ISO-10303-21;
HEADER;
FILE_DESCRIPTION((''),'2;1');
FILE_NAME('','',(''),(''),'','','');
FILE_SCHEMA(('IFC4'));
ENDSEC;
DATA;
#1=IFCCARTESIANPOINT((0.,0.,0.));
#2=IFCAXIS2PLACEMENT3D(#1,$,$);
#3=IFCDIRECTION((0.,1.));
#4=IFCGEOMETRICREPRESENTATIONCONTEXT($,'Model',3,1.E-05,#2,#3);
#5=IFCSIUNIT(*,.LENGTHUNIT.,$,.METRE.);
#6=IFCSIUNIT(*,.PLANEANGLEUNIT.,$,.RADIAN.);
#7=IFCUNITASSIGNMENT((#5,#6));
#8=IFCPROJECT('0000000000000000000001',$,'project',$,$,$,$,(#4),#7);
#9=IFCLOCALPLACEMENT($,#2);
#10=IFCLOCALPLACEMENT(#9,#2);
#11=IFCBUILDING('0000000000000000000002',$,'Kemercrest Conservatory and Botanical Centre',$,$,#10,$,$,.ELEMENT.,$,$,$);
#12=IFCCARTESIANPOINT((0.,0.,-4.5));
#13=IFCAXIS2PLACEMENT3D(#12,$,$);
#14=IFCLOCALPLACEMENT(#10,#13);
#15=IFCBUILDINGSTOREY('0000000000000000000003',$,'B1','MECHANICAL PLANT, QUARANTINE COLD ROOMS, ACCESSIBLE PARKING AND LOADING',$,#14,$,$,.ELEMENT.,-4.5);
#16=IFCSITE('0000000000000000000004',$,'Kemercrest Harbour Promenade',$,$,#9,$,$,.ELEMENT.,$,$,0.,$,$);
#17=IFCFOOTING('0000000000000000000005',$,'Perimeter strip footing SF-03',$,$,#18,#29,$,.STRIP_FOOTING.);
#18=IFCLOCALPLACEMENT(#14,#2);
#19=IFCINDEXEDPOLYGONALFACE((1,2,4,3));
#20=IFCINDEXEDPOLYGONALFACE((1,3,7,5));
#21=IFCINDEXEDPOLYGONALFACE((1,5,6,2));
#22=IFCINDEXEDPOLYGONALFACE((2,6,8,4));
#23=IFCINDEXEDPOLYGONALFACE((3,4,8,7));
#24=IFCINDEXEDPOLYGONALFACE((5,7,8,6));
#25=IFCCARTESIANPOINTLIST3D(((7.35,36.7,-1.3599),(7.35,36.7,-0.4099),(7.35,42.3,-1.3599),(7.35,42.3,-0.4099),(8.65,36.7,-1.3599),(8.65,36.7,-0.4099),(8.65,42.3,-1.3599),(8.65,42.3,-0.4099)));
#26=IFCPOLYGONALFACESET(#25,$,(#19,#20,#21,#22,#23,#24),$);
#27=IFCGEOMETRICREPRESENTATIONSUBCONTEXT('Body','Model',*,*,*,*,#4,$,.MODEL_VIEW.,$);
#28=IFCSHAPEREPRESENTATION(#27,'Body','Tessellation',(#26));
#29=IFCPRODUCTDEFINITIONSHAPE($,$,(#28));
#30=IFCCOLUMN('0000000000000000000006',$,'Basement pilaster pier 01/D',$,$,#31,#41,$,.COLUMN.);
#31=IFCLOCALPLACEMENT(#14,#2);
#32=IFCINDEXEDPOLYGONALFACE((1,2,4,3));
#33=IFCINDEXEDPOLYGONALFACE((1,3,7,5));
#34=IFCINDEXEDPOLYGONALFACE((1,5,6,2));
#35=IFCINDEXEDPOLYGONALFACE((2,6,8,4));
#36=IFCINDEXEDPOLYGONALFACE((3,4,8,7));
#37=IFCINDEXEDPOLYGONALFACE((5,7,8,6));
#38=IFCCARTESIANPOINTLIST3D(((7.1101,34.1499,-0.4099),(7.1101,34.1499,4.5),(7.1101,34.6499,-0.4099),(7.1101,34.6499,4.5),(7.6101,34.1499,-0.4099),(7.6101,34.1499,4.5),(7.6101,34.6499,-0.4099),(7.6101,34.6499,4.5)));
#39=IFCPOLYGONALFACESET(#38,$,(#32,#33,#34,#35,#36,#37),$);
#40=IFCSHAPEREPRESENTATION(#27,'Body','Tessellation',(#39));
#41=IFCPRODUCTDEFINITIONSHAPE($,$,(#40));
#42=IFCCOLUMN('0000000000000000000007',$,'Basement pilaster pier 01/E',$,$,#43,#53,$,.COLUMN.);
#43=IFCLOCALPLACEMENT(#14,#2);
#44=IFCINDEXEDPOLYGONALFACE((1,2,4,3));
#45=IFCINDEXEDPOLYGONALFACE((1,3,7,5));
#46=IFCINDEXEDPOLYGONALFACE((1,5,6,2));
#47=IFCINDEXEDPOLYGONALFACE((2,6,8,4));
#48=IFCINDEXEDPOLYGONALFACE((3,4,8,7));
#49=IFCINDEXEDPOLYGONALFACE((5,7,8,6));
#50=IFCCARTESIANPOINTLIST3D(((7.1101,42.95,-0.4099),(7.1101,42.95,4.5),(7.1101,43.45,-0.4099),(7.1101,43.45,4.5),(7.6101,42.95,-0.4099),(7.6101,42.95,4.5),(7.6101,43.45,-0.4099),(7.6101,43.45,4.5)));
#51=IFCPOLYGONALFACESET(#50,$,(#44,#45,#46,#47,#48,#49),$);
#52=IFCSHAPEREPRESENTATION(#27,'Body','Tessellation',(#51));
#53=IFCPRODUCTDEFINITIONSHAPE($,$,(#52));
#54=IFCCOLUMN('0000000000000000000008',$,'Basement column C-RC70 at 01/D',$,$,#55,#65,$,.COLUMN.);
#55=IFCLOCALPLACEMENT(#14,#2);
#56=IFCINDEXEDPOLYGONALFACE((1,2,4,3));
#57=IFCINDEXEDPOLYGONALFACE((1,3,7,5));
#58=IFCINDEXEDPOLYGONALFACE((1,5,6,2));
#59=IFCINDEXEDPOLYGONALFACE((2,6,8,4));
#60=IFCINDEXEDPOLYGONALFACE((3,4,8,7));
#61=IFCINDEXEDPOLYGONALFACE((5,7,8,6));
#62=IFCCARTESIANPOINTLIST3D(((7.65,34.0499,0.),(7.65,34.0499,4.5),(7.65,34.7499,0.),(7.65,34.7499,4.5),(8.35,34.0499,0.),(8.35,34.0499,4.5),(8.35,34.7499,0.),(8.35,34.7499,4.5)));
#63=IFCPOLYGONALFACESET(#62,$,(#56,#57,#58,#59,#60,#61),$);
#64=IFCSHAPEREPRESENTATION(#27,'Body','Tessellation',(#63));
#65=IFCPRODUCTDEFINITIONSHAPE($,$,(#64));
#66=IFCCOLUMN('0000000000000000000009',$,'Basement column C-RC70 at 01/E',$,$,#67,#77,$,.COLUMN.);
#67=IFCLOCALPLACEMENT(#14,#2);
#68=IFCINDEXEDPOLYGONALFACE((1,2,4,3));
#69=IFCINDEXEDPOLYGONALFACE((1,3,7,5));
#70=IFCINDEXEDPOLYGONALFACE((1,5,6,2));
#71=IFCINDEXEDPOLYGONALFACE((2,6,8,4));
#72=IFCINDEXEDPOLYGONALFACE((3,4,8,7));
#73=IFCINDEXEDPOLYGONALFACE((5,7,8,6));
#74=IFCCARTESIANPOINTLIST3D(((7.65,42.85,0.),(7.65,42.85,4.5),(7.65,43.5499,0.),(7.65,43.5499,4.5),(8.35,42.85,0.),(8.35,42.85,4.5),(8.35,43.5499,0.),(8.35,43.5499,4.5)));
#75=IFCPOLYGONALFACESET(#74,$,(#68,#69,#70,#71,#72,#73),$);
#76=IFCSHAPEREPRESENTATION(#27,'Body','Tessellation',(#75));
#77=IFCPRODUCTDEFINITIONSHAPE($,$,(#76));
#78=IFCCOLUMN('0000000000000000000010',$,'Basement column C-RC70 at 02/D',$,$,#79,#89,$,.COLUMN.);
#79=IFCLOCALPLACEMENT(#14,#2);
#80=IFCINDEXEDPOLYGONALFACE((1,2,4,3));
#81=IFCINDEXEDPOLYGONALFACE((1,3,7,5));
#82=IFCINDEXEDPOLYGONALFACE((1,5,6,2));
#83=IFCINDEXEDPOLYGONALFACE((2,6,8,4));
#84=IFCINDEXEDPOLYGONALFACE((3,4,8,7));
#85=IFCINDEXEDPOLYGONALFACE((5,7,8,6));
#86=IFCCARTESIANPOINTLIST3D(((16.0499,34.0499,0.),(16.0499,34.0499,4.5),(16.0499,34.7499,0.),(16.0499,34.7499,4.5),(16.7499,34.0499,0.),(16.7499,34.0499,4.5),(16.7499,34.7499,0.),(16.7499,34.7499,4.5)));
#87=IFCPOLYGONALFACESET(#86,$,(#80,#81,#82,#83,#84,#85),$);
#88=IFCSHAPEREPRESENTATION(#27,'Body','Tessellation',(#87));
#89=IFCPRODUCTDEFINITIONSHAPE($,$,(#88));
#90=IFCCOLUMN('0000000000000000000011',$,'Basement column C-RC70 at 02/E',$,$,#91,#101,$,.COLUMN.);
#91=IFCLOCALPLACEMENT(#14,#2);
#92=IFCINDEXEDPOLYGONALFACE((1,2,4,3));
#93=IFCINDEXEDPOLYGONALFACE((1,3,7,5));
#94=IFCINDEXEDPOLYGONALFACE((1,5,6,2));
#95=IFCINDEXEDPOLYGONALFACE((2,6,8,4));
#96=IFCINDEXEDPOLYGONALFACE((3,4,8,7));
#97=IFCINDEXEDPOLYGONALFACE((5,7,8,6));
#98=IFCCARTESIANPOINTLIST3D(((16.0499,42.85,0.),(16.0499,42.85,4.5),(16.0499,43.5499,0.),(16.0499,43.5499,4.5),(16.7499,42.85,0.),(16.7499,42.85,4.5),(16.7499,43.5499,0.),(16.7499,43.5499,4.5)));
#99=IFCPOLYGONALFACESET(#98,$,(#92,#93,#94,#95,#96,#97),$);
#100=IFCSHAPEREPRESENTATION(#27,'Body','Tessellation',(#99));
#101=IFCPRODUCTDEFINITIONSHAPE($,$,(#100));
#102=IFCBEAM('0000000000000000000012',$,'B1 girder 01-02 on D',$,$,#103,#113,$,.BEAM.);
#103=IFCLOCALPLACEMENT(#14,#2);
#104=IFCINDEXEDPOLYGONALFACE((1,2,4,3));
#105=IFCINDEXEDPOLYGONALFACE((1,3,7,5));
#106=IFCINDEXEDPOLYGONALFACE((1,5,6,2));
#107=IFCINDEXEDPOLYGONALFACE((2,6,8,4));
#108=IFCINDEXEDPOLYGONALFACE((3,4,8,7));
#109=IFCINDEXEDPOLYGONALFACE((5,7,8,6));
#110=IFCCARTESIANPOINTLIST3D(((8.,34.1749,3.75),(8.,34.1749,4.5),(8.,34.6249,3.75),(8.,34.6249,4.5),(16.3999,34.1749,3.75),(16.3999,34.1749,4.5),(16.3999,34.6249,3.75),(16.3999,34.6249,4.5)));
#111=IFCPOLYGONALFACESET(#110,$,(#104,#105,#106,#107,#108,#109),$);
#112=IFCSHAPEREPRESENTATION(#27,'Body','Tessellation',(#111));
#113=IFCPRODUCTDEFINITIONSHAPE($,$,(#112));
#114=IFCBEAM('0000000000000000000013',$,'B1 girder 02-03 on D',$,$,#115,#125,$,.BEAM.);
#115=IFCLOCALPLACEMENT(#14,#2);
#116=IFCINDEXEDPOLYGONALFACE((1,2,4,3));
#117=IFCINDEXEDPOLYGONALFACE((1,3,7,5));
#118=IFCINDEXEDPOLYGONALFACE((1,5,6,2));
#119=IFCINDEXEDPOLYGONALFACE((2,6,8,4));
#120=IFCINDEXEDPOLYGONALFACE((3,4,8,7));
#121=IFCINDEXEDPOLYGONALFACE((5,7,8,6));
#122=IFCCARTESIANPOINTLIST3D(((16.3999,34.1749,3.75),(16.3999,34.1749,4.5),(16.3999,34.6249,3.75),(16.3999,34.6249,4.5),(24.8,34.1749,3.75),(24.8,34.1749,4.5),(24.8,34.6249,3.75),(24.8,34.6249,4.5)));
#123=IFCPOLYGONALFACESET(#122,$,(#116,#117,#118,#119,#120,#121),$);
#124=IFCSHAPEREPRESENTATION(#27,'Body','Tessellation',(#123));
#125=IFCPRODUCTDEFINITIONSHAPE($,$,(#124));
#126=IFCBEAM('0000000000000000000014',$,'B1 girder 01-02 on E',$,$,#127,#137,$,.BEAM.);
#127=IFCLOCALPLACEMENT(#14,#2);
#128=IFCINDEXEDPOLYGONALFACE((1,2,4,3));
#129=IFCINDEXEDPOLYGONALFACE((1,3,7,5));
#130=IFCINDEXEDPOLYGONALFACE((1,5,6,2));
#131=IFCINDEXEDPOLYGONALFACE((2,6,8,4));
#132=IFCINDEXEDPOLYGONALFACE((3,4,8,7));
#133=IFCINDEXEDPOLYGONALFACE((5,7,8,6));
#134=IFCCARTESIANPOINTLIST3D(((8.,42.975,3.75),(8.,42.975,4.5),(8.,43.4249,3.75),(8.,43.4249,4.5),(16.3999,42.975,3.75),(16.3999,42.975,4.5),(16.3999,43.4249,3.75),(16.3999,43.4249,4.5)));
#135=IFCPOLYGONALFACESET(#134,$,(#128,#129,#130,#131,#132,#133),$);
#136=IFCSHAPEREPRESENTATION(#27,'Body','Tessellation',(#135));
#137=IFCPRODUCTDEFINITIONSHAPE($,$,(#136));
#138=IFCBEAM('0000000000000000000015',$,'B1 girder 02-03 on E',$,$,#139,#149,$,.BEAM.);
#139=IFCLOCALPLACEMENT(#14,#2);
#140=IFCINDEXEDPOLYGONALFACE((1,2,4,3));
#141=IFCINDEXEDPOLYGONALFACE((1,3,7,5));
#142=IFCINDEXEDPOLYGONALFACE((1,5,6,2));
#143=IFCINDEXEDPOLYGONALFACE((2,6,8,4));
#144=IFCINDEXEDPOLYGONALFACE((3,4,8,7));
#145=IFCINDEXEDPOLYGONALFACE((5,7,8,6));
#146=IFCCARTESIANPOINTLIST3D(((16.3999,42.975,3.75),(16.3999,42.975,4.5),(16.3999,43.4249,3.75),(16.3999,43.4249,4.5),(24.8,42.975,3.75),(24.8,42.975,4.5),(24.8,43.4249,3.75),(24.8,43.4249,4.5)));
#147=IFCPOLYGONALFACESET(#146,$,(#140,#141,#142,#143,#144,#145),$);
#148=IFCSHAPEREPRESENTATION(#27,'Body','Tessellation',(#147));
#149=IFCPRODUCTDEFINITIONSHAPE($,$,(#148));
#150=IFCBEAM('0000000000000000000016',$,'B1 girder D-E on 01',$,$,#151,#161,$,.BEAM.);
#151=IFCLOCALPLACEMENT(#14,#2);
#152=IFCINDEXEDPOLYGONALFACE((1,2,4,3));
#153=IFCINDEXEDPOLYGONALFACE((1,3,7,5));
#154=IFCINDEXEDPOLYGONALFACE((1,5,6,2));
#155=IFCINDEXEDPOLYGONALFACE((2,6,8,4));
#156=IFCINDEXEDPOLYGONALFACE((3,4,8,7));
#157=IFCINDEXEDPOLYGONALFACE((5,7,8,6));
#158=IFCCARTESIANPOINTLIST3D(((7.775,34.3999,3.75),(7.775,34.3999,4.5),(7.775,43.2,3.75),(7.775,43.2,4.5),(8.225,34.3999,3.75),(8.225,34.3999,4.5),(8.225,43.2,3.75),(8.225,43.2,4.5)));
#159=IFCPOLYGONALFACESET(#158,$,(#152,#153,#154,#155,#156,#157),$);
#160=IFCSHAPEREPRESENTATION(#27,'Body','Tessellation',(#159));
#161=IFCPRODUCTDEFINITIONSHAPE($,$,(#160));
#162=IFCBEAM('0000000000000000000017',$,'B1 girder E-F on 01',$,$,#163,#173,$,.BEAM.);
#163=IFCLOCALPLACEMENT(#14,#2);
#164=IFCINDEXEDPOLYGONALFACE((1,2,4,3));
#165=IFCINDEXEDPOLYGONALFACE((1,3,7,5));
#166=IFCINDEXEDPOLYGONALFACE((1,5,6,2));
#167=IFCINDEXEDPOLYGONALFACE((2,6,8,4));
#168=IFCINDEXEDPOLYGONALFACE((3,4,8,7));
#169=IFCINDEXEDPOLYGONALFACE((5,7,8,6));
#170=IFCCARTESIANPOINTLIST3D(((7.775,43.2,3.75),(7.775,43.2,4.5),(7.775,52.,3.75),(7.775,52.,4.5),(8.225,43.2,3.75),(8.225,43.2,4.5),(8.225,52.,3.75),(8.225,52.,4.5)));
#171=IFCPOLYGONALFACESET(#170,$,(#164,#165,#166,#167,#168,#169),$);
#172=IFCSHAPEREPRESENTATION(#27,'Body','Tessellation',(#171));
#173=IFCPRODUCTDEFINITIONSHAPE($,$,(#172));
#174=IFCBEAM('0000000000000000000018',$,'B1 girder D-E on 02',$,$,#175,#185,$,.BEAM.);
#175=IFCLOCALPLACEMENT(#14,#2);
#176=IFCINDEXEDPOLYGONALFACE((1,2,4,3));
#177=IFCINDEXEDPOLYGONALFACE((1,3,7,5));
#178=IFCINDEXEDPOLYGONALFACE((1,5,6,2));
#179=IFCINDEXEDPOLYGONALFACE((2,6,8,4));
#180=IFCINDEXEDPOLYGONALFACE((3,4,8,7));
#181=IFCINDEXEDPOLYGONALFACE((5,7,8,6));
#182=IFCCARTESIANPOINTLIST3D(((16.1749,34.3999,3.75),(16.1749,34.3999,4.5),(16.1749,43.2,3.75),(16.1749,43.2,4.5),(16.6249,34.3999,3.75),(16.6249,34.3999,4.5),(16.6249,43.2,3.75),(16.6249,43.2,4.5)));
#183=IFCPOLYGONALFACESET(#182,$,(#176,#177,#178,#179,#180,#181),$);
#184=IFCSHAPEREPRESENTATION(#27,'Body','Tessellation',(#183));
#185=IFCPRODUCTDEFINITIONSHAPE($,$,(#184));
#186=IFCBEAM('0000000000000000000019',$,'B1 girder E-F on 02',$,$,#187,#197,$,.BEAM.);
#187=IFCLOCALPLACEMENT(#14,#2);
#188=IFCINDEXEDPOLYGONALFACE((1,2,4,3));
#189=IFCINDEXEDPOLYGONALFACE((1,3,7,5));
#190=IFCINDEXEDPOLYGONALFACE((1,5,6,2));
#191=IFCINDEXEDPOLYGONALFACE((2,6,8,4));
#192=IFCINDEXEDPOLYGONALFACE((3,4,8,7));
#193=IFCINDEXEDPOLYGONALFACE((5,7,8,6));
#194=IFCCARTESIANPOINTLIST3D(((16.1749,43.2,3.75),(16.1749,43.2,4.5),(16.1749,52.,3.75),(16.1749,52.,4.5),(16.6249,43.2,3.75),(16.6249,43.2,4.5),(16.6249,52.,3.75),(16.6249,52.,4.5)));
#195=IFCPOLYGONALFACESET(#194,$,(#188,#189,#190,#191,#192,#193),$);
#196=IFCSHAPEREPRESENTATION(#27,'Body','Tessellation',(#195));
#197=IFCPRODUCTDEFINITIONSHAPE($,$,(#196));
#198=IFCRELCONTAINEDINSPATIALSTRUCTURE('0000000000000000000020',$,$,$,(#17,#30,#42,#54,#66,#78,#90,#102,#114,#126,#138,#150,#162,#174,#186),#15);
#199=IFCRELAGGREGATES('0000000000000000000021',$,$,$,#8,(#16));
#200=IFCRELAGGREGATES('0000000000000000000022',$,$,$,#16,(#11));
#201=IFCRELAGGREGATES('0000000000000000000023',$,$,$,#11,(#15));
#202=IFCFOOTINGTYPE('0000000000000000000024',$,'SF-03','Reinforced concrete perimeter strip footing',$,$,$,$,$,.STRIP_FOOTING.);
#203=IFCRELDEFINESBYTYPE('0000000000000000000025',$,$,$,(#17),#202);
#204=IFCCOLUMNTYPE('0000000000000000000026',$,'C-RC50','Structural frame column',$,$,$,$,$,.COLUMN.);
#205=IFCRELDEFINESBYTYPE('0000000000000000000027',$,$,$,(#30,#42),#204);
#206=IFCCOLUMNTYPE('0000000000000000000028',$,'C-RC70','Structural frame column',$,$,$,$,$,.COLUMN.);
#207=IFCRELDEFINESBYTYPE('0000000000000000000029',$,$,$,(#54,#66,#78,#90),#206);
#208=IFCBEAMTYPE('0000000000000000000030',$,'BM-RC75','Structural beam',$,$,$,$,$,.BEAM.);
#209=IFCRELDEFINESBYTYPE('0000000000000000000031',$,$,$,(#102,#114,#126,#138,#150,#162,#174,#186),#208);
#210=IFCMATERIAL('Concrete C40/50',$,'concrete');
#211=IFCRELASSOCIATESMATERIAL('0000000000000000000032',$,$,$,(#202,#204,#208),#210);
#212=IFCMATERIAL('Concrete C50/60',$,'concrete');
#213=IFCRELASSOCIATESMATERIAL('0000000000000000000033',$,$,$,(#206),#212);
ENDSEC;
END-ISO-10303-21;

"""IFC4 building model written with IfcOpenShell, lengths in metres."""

from ifc_helpers import new_model, si_unit, direction, frame, origin, origin_2d, place, context, subcontext, project, spatial, rectangle, extrude, material, material_profile, profile_set, type_object, element, save


model = new_model("IFC4")

# Units and contexts
model_context = context("Model", 3, precision=1e-05, world=origin(), true_north=direction((0.0, 1.0)))
body_context = subcontext(model_context, "Body", "Model", "MODEL_VIEW")
ifc_project = project(units=[si_unit("LENGTHUNIT", "METRE"), si_unit("PLANEANGLEUNIT", "RADIAN")], contexts=[model_context])

# Site, building, storey
site_placement = place(None, origin())
site = spatial("IfcSite", under=ifc_project, at=site_placement, Name="Kemercrest Harbour Promenade", CompositionType="ELEMENT", RefElevation=0.0)
building_placement = place(site_placement, origin())
building = spatial("IfcBuilding", under=site, at=building_placement, Name="Kemercrest Conservatory and Botanical Centre", CompositionType="ELEMENT")
storey_placement = place(building_placement, frame((0.0, 0.0, -4.5)))
storey = spatial("IfcBuildingStorey", under=building, at=storey_placement, Name="B1", Description="MECHANICAL PLANT, QUARANTINE COLD ROOMS, ACCESSIBLE PARKING AND LOADING", CompositionType="ELEMENT", Elevation=-4.5)

# Shared definitions
ifc_material_1 = material(Name="Concrete C40/50", Category="concrete")

# Footing
footing_type_1 = type_object("IfcFootingType", Name="SF-03", Description="Reinforced concrete perimeter strip footing", PredefinedType="STRIP_FOOTING", material=ifc_material_1)
footing_1_placement = place(storey_placement, frame((8.0, 39.5, -1.3599), z_axis=(0.0, 0.0, 1.0), x_axis=(1.0, 0.0, 0.0)))
element("IfcFooting", 1, at=footing_1_placement, inside=storey, type_object=footing_type_1, Name="Perimeter strip footing SF-03", PredefinedType="STRIP_FOOTING", context=body_context, shape_type="SweptSolid", body=[
    extrude(rectangle(XDim=1.3, YDim=5.6001, at=origin_2d()), origin(), (0.0, 0.0, 1.0), 0.95),
])

# Columns
ifc_material_profile_1 = material_profile(ifc_material_1, rectangle(XDim=0.5, YDim=0.5, at=origin_2d()), Name="RC 500x500")
ifc_profile_set_1 = profile_set([ifc_material_profile_1], Name="Concrete C40/50")
column_type_1 = type_object("IfcColumnType", Name="C-RC50", Description="Structural frame column", PredefinedType="COLUMN", material=ifc_profile_set_1)
for number, where, z_axis, x_axis, name in (
    (2, (7.3601, 34.3999, -0.4099), (0.0, 0.0, 1.0), (1.0, 0.0, 0.0), "Basement pilaster pier 01/D"),
    (3, (7.3601, 43.2, -0.4099), (0.0, 0.0, 1.0), (1.0, 0.0, 0.0), "Basement pilaster pier 01/E"),
):
    element("IfcColumn", number, at=place(storey_placement, frame(where, z_axis=z_axis, x_axis=x_axis)), inside=storey, type_object=column_type_1, Name=name, PredefinedType="COLUMN", context=body_context, shape_type="SweptSolid", body=[
        extrude(rectangle(XDim=0.5, YDim=0.5, at=origin_2d()), origin(), (0.0, 0.0, 1.0), 4.9099),
    ])
ifc_material_2 = material(Name="Concrete C50/60", Category="concrete")
ifc_material_profile_2 = material_profile(ifc_material_2, rectangle(XDim=0.7, YDim=0.7, at=origin_2d()), Name="RC 700x700")
ifc_profile_set_2 = profile_set([ifc_material_profile_2], Name="Concrete C50/60")
column_type_2 = type_object("IfcColumnType", Name="C-RC70", Description="Structural frame column", PredefinedType="COLUMN", material=ifc_profile_set_2)
for number, where, z_axis, x_axis, name in (
    (4, (8.0, 34.3999, 0.0), (0.0, 0.0, 1.0), (1.0, 0.0, 0.0), "Basement column C-RC70 at 01/D"),
    (5, (8.0, 43.2, 0.0), (0.0, 0.0, 1.0), (1.0, 0.0, 0.0), "Basement column C-RC70 at 01/E"),
    (6, (16.3999, 34.3999, 0.0), (0.0, 0.0, 1.0), (1.0, 0.0, 0.0), "Basement column C-RC70 at 02/D"),
    (7, (16.3999, 43.2, 0.0), (0.0, 0.0, 1.0), (1.0, 0.0, 0.0), "Basement column C-RC70 at 02/E"),
):
    element("IfcColumn", number, at=place(storey_placement, frame(where, z_axis=z_axis, x_axis=x_axis)), inside=storey, type_object=column_type_2, Name=name, PredefinedType="COLUMN", context=body_context, shape_type="SweptSolid", body=[
        extrude(rectangle(XDim=0.7, YDim=0.7, at=origin_2d()), origin(), (0.0, 0.0, 1.0), 4.5),
    ])

# Beams
ifc_material_profile_3 = material_profile(ifc_material_1, rectangle(XDim=0.45, YDim=0.75, at=origin_2d()), Name="RC 450x750")
ifc_profile_set_3 = profile_set([ifc_material_profile_3], Name="Concrete C40/50")
beam_type = type_object("IfcBeamType", Name="BM-RC75", Description="Structural beam", PredefinedType="BEAM", material=ifc_profile_set_3)
beam_1_placement = place(storey_placement, frame((8.0, 34.3999, 4.125), z_axis=(1.0, 0.0, 0.0), x_axis=(0.0, 1.0, 0.0)))
element("IfcBeam", 8, at=beam_1_placement, inside=storey, type_object=beam_type, Name="B1 girder 01-02 on D", PredefinedType="BEAM", context=body_context, shape_type="SweptSolid", body=[
    extrude(rectangle(XDim=0.45, YDim=0.75, at=origin_2d()), origin(), (0.0, 0.0, 1.0), 8.3999),
])
beam_2_placement = place(storey_placement, frame((16.3999, 34.3999, 4.125), z_axis=(1.0, 0.0, 0.0), x_axis=(0.0, 1.0, 0.0)))
element("IfcBeam", 9, at=beam_2_placement, inside=storey, type_object=beam_type, Name="B1 girder 02-03 on D", PredefinedType="BEAM", context=body_context, shape_type="SweptSolid", body=[
    extrude(rectangle(XDim=0.45, YDim=0.75, at=origin_2d()), origin(), (0.0, 0.0, 1.0), 8.4001),
])
beam_3_placement = place(storey_placement, frame((8.0, 43.2, 4.125), z_axis=(1.0, 0.0, 0.0), x_axis=(0.0, 1.0, 0.0)))
element("IfcBeam", 10, at=beam_3_placement, inside=storey, type_object=beam_type, Name="B1 girder 01-02 on E", PredefinedType="BEAM", context=body_context, shape_type="SweptSolid", body=[
    extrude(rectangle(XDim=0.45, YDim=0.75, at=origin_2d()), origin(), (0.0, 0.0, 1.0), 8.3999),
])
beam_4_placement = place(storey_placement, frame((16.3999, 43.2, 4.125), z_axis=(1.0, 0.0, 0.0), x_axis=(0.0, 1.0, 0.0)))
element("IfcBeam", 11, at=beam_4_placement, inside=storey, type_object=beam_type, Name="B1 girder 02-03 on E", PredefinedType="BEAM", context=body_context, shape_type="SweptSolid", body=[
    extrude(rectangle(XDim=0.45, YDim=0.75, at=origin_2d()), origin(), (0.0, 0.0, 1.0), 8.4001),
])
for number, where, z_axis, x_axis, name in (
    (12, (8.0, 34.3999, 4.125), (0.0, 1.0, 0.0), (-1.0, 0.0, 0.0), "B1 girder D-E on 01"),
    (13, (8.0, 43.2, 4.125), (0.0, 1.0, 0.0), (-1.0, 0.0, 0.0), "B1 girder E-F on 01"),
    (14, (16.3999, 34.3999, 4.125), (0.0, 1.0, 0.0), (-1.0, 0.0, 0.0), "B1 girder D-E on 02"),
    (15, (16.3999, 43.2, 4.125), (0.0, 1.0, 0.0), (-1.0, 0.0, 0.0), "B1 girder E-F on 02"),
):
    element("IfcBeam", number, at=place(storey_placement, frame(where, z_axis=z_axis, x_axis=x_axis)), inside=storey, type_object=beam_type, Name=name, PredefinedType="BEAM", context=body_context, shape_type="SweptSolid", body=[
        extrude(rectangle(XDim=0.45, YDim=0.75, at=origin_2d()), origin(), (0.0, 0.0, 1.0), 8.8),
    ])

save(model, "model.ifc")
